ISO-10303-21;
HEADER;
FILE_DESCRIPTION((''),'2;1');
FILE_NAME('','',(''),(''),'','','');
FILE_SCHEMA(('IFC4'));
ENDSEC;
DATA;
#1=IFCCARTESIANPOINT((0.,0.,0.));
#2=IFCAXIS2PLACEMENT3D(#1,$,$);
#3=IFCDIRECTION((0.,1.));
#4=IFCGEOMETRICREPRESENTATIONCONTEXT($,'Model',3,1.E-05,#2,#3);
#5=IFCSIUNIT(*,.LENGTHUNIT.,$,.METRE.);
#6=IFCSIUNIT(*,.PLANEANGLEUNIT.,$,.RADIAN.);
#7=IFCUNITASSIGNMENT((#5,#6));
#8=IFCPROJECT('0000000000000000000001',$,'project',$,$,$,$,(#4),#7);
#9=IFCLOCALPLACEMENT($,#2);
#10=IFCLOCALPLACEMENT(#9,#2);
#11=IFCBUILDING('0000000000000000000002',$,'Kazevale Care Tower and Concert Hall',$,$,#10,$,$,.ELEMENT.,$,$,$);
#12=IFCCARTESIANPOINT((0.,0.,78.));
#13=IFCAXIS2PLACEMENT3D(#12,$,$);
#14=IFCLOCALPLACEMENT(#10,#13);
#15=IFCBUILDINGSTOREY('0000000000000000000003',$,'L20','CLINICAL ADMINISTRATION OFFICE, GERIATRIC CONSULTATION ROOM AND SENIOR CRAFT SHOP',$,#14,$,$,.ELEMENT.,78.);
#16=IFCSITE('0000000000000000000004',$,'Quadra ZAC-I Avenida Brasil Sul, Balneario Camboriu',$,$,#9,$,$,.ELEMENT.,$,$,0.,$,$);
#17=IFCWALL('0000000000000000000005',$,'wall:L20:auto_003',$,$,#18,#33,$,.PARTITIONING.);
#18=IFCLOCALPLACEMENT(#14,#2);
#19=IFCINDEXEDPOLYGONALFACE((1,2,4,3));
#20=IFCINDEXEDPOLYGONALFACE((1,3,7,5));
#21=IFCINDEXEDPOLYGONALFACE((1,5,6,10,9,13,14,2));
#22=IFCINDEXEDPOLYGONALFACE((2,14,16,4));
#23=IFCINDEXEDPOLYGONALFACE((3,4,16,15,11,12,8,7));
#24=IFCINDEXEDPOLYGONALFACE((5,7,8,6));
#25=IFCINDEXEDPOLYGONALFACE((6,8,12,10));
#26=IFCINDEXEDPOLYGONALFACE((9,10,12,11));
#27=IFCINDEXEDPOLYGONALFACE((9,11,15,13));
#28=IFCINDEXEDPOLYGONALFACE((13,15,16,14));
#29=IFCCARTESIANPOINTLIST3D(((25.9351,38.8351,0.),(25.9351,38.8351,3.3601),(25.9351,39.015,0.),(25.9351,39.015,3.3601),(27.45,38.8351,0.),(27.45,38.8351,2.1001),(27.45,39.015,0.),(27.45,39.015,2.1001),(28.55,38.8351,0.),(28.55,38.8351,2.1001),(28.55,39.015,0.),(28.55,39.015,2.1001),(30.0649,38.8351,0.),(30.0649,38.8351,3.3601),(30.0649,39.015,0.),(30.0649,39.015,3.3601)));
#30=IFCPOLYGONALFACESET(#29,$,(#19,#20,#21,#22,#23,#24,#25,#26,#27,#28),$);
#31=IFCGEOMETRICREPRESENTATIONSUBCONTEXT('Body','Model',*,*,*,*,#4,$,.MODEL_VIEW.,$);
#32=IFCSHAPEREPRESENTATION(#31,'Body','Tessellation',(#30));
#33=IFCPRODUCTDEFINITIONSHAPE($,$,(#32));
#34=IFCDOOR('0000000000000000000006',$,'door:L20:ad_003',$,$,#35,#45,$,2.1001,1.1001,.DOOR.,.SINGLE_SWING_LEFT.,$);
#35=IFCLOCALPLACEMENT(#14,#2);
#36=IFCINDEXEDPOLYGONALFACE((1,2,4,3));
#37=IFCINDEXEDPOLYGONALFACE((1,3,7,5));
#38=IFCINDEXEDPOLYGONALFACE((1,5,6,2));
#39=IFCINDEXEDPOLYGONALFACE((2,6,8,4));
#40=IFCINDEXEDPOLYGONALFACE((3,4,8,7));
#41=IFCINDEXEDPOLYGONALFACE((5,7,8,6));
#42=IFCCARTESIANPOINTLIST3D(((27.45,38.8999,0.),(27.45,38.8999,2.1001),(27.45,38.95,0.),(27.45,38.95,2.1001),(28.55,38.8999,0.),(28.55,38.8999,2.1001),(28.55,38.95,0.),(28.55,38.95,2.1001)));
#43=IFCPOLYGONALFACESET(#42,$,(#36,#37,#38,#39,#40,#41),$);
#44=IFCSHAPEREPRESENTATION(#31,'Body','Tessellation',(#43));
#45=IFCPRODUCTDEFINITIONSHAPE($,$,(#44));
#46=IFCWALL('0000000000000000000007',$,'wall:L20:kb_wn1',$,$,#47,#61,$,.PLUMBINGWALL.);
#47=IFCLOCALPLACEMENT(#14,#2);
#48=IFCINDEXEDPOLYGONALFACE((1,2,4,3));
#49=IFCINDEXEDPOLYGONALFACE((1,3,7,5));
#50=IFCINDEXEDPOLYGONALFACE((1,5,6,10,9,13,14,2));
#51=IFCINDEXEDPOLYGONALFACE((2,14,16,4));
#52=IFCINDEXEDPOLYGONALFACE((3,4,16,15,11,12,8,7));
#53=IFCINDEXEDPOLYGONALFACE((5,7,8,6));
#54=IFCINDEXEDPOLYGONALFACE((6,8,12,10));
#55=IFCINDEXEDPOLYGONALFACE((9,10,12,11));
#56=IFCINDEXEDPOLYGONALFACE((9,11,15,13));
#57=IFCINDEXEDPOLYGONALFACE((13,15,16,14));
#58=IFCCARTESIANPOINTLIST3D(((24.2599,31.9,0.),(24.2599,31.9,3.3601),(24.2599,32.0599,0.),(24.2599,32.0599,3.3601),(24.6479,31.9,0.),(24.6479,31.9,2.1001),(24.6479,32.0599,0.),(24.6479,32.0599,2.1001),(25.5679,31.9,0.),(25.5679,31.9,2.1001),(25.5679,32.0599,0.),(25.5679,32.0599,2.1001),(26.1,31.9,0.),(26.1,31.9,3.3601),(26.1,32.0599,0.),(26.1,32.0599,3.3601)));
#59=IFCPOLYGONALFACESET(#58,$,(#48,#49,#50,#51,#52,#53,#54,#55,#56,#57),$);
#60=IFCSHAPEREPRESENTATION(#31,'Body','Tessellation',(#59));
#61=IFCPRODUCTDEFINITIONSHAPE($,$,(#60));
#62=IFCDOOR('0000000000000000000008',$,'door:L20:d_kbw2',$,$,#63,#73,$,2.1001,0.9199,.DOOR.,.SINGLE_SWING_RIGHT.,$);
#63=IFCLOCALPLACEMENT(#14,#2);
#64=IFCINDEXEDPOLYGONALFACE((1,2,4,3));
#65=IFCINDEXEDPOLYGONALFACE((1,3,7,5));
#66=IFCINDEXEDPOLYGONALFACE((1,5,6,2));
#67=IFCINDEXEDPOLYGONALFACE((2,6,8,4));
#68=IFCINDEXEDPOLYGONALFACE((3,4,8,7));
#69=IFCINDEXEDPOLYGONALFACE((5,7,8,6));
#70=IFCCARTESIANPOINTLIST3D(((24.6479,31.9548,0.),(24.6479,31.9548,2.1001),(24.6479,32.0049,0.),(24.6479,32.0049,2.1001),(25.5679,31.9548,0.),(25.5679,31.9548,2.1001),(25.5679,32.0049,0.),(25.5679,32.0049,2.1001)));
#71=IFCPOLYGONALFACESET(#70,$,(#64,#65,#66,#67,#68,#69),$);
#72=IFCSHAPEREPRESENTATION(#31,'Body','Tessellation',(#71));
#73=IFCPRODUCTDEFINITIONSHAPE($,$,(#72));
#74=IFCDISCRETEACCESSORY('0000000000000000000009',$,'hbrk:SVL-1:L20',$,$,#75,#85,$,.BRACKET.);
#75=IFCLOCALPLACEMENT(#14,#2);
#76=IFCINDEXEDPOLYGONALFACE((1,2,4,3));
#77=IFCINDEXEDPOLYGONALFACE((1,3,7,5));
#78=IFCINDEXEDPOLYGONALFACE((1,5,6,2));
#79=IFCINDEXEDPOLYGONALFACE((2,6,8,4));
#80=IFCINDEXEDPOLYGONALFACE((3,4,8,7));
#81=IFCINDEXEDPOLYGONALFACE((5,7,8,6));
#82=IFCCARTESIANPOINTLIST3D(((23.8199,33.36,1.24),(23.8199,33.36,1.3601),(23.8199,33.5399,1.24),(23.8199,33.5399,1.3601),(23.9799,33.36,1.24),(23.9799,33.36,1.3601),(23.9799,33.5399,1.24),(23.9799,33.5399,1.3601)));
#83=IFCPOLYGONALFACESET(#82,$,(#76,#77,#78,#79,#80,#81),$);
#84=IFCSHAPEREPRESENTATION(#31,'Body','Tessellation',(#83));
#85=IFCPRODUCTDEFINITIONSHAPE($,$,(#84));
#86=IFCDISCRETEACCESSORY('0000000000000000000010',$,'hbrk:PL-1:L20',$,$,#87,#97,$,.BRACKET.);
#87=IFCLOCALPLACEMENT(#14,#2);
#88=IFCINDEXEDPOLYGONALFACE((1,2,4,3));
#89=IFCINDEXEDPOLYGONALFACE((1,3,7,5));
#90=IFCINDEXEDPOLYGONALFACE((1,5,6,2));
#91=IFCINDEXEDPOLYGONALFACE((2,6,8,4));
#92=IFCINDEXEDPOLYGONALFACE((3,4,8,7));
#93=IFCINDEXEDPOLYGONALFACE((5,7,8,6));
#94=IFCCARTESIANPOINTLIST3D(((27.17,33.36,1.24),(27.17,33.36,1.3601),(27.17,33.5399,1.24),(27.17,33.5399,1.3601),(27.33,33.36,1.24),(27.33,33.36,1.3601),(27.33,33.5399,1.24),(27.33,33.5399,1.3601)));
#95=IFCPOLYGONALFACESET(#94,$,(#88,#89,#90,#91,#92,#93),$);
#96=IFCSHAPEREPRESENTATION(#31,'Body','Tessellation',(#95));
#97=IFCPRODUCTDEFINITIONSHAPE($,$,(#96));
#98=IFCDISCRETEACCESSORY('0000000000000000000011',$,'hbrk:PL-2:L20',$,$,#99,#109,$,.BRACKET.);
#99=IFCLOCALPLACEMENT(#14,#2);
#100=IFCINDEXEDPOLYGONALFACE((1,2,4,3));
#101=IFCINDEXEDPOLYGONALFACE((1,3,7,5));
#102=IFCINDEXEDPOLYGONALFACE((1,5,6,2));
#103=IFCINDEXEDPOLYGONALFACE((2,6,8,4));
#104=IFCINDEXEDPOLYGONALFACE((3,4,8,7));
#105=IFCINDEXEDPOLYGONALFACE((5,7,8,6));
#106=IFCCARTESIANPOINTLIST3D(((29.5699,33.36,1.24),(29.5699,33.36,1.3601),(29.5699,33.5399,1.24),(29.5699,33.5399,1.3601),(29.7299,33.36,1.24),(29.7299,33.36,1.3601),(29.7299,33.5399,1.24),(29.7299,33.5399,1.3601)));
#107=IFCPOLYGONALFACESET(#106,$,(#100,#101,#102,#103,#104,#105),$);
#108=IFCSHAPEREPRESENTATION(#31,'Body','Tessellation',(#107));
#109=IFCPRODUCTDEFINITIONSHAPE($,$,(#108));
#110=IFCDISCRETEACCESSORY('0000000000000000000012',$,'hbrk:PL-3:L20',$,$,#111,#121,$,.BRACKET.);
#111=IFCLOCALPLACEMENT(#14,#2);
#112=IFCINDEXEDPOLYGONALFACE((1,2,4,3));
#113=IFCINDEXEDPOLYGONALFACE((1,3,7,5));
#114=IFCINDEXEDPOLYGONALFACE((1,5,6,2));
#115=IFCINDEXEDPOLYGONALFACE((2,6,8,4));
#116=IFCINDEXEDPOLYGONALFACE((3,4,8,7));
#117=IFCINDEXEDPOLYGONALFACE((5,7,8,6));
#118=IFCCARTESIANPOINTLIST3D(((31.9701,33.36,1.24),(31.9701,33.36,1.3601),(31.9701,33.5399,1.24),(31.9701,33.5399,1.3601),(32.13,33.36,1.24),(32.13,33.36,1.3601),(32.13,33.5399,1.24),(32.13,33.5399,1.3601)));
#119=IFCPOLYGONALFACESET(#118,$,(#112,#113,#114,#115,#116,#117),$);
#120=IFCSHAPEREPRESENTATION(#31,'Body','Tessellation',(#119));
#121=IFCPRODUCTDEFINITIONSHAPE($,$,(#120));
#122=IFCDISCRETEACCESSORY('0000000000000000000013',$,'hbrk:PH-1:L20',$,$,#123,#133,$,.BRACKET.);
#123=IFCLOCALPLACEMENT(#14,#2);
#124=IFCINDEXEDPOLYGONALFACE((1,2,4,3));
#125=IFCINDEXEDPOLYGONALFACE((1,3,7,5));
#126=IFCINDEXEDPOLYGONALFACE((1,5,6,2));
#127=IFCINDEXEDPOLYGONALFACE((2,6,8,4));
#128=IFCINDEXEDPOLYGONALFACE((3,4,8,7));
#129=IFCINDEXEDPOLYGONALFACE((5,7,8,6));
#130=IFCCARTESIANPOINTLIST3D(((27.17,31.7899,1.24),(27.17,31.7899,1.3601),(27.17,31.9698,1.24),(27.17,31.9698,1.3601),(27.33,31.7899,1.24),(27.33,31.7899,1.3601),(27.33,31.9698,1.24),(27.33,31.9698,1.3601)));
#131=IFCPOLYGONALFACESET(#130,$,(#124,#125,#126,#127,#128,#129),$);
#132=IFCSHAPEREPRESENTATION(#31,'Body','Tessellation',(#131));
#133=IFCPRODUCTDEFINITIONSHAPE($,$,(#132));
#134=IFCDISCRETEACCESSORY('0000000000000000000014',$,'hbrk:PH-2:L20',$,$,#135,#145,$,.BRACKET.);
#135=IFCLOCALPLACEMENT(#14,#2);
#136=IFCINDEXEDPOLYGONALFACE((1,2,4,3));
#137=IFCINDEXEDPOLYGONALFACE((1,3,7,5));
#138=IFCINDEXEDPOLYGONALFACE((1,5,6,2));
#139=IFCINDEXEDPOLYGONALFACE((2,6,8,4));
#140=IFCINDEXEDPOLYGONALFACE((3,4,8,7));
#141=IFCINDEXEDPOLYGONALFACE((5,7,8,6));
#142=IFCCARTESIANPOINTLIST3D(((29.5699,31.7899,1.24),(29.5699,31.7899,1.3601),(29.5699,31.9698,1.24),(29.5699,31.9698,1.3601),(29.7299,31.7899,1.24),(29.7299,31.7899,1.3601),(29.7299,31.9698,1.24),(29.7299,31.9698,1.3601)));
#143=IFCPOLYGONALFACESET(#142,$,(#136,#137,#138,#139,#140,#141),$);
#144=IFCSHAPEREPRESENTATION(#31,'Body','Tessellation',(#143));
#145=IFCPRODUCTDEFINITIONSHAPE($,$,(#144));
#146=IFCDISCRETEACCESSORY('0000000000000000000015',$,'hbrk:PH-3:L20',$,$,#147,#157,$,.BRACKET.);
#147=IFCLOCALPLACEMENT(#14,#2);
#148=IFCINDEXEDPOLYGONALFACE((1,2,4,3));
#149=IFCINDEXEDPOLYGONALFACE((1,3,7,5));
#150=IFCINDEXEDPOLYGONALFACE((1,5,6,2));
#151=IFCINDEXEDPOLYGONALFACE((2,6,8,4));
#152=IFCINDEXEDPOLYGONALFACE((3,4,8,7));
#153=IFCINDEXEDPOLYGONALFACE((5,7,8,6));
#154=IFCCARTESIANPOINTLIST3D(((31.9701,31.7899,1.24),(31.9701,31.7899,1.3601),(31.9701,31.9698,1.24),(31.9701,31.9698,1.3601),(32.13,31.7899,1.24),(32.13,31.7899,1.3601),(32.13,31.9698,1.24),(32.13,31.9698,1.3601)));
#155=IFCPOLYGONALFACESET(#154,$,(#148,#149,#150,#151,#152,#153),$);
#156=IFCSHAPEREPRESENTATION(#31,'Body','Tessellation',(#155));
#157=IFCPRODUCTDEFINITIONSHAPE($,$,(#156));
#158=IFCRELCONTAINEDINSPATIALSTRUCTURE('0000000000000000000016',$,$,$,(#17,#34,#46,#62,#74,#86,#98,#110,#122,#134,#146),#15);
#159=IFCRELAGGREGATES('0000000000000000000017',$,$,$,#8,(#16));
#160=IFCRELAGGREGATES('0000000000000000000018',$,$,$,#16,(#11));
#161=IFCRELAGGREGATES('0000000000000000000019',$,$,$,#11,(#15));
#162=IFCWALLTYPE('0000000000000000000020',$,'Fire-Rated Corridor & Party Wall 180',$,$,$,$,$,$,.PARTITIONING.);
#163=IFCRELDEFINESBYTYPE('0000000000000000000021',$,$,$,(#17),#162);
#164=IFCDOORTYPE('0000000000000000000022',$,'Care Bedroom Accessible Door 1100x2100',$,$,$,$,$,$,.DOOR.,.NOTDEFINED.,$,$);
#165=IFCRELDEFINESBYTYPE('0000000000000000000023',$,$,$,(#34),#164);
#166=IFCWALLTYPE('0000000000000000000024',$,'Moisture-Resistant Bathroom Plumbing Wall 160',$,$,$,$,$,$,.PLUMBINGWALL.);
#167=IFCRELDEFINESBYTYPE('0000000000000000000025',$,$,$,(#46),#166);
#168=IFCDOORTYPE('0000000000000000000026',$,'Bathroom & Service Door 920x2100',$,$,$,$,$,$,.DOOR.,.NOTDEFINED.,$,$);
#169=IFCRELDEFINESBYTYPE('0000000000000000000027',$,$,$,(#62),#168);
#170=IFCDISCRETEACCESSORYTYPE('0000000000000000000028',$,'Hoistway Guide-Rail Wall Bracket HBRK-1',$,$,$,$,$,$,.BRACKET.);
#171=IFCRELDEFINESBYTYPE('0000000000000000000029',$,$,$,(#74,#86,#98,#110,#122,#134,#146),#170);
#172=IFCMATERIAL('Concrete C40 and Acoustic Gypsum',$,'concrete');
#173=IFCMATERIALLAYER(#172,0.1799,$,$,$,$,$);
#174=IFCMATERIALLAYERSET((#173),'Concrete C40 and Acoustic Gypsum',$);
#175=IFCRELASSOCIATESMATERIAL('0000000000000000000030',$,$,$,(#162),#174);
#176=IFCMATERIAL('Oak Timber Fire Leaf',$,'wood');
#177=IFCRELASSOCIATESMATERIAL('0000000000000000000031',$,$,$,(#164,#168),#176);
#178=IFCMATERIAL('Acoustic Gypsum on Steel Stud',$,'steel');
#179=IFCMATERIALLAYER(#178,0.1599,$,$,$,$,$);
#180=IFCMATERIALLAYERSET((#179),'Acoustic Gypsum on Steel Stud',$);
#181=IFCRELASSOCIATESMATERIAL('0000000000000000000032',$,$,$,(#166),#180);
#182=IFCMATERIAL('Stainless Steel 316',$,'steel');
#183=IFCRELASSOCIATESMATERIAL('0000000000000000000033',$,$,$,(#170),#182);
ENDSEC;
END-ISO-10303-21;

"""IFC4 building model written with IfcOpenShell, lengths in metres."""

from ifc_helpers import new_model, si_unit, direction, frame, frame_2d, origin, origin_2d, place, context, subcontext, project, spatial, rectangle, extrude, material, layer, layer_set, type_object, element, fill, save


model = new_model("IFC4")

# Units and contexts
model_context = context("Model", 3, precision=1e-05, world=origin(), true_north=direction((0.0, 1.0)))
body_context = subcontext(model_context, "Body", "Model", "MODEL_VIEW")
ifc_project = project(units=[si_unit("LENGTHUNIT", "METRE"), si_unit("PLANEANGLEUNIT", "RADIAN")], contexts=[model_context])

# Site, building, storey
site_placement = place(None, origin())
site = spatial("IfcSite", under=ifc_project, at=site_placement, Name="Quadra ZAC-I Avenida Brasil Sul, Balneario Camboriu", CompositionType="ELEMENT", RefElevation=0.0)
building_placement = place(site_placement, origin())
building = spatial("IfcBuilding", under=site, at=building_placement, Name="Kazevale Care Tower and Concert Hall", CompositionType="ELEMENT")
storey_placement = place(building_placement, frame((0.0, 0.0, 78.0)))
storey = spatial("IfcBuildingStorey", under=building, at=storey_placement, Name="L20", Description="CLINICAL ADMINISTRATION OFFICE, GERIATRIC CONSULTATION ROOM AND SENIOR CRAFT SHOP", CompositionType="ELEMENT", Elevation=78.0)

# Shared definitions
ifc_material_1 = material(Name="Stainless Steel 316", Category="steel")

# Walls, openings, doors
ifc_material_2 = material(Name="Concrete C40 and Acoustic Gypsum", Category="concrete")
ifc_layer_1 = layer(ifc_material_2, 0.1799)
ifc_layer_set_1 = layer_set([ifc_layer_1], Name="Concrete C40 and Acoustic Gypsum")
wall_type_1 = type_object("IfcWallType", Name="Fire-Rated Corridor & Party Wall 180", PredefinedType="PARTITIONING", material=ifc_layer_set_1)
wall_1_placement = place(storey_placement, frame((25.9351, 38.925, 0.0), z_axis=(0.0, 0.0, 1.0), x_axis=(1.0, 0.0, 0.0)))
wall_1 = element("IfcWall", 1, at=wall_1_placement, inside=storey, type_object=wall_type_1, Name="wall:L20:auto_003", PredefinedType="PARTITIONING", context=body_context, shape_type="SweptSolid", body=[
    extrude(rectangle(XDim=4.1299, YDim=0.1799, at=frame_2d((2.0649, 0.0))), origin(), (0.0, 0.0, 1.0), 3.3601),
])
opening_1_placement = place(wall_1_placement, frame((1.5149, 0.0, 0.0)))
opening_1 = element("IfcOpeningElement", 2, at=opening_1_placement, cuts=wall_1, PredefinedType="OPENING", context=body_context, shape_type="SweptSolid", body=[
    extrude(rectangle(XDim=1.1001, YDim=2.1001, at=frame_2d((0.55, 1.05))), frame((0.0, 0.0999, 0.0), z_axis=(0.0, -1.0, 0.0), x_axis=(1.0, 0.0, 0.0)), (0.0, 0.0, 1.0), 0.2),
])
ifc_material_3 = material(Name="Oak Timber Fire Leaf", Category="wood")
door_type_1 = type_object("IfcDoorType", Name="Care Bedroom Accessible Door 1100x2100", OperationType="NOTDEFINED", PredefinedType="DOOR", material=ifc_material_3)
door_1_placement = place(opening_1_placement, origin())
door_1 = element("IfcDoor", 3, at=door_1_placement, inside=storey, type_object=door_type_1, Name="door:L20:ad_003", OperationType="SINGLE_SWING_LEFT", OverallHeight=2.1001, OverallWidth=1.1001, PredefinedType="DOOR", context=body_context, shape_type="SweptSolid", body=[
    extrude(rectangle(XDim=1.1001, YDim=2.1001, at=frame_2d((0.55, 1.05))), frame((0.0, 0.0249, 0.0), z_axis=(0.0, -1.0, 0.0), x_axis=(1.0, 0.0, 0.0)), (0.0, 0.0, 1.0), 0.05),
])
fill(opening_1, door_1)
ifc_material_4 = material(Name="Acoustic Gypsum on Steel Stud", Category="steel")
ifc_layer_2 = layer(ifc_material_4, 0.1599)
ifc_layer_set_2 = layer_set([ifc_layer_2], Name="Acoustic Gypsum on Steel Stud")
wall_type_2 = type_object("IfcWallType", Name="Moisture-Resistant Bathroom Plumbing Wall 160", PredefinedType="PLUMBINGWALL", material=ifc_layer_set_2)
wall_2_placement = place(storey_placement, frame((24.26, 31.98, 0.0), z_axis=(0.0, 0.0, 1.0), x_axis=(1.0, 0.0, 0.0)))
wall_2 = element("IfcWall", 4, at=wall_2_placement, inside=storey, type_object=wall_type_2, Name="wall:L20:kb_wn1", PredefinedType="PLUMBINGWALL", context=body_context, shape_type="SweptSolid", body=[
    extrude(rectangle(XDim=1.8401, YDim=0.1599, at=frame_2d((0.9199, 0.0))), origin(), (0.0, 0.0, 1.0), 3.3601),
])
opening_2_placement = place(wall_2_placement, frame((0.3879, 0.0, 0.0)))
opening_2 = element("IfcOpeningElement", 5, at=opening_2_placement, cuts=wall_2, PredefinedType="OPENING", context=body_context, shape_type="SweptSolid", body=[
    extrude(rectangle(XDim=0.9199, YDim=2.1001, at=frame_2d((0.46, 1.05))), frame((0.0, 0.0898, 0.0), z_axis=(0.0, -1.0, 0.0), x_axis=(1.0, 0.0, 0.0)), (0.0, 0.0, 1.0), 0.1799),
])
door_type_2 = type_object("IfcDoorType", Name="Bathroom & Service Door 920x2100", OperationType="NOTDEFINED", PredefinedType="DOOR", material=ifc_material_3)
door_2_placement = place(opening_2_placement, origin())
door_2 = element("IfcDoor", 6, at=door_2_placement, inside=storey, type_object=door_type_2, Name="door:L20:d_kbw2", OperationType="SINGLE_SWING_RIGHT", OverallHeight=2.1001, OverallWidth=0.9199, PredefinedType="DOOR", context=body_context, shape_type="SweptSolid", body=[
    extrude(rectangle(XDim=0.9199, YDim=2.1001, at=frame_2d((0.46, 1.05))), frame((0.0, 0.0249, 0.0), z_axis=(0.0, -1.0, 0.0), x_axis=(1.0, 0.0, 0.0)), (0.0, 0.0, 1.0), 0.05),
])
fill(opening_2, door_2)

# Discrete accessories
discrete_accessory_type = type_object("IfcDiscreteAccessoryType", Name="Hoistway Guide-Rail Wall Bracket HBRK-1", PredefinedType="BRACKET", material=ifc_material_1)
for number, where, z_axis, x_axis, name in (
    (7, (23.8999, 33.45, 1.24), (0.0, 0.0, 1.0), (1.0, 0.0, 0.0), "hbrk:SVL-1:L20"),
    (8, (27.25, 33.45, 1.24), (0.0, 0.0, 1.0), (1.0, 0.0, 0.0), "hbrk:PL-1:L20"),
    (9, (29.6499, 33.45, 1.24), (0.0, 0.0, 1.0), (1.0, 0.0, 0.0), "hbrk:PL-2:L20"),
    (10, (32.05, 33.45, 1.24), (0.0, 0.0, 1.0), (1.0, 0.0, 0.0), "hbrk:PL-3:L20"),
    (11, (27.25, 31.8799, 1.24), (0.0, 0.0, 1.0), (1.0, 0.0, 0.0), "hbrk:PH-1:L20"),
    (12, (29.6499, 31.8799, 1.24), (0.0, 0.0, 1.0), (1.0, 0.0, 0.0), "hbrk:PH-2:L20"),
    (13, (32.05, 31.8799, 1.24), (0.0, 0.0, 1.0), (1.0, 0.0, 0.0), "hbrk:PH-3:L20"),
):
    element("IfcDiscreteAccessory", number, at=place(storey_placement, frame(where, z_axis=z_axis, x_axis=x_axis)), inside=storey, type_object=discrete_accessory_type, Name=name, PredefinedType="BRACKET", context=body_context, shape_type="SweptSolid", body=[
        extrude(rectangle(XDim=0.1599, YDim=0.1799, at=origin_2d()), origin(), (0.0, 0.0, 1.0), 0.1201),
    ])

save(model, "model.ifc")
